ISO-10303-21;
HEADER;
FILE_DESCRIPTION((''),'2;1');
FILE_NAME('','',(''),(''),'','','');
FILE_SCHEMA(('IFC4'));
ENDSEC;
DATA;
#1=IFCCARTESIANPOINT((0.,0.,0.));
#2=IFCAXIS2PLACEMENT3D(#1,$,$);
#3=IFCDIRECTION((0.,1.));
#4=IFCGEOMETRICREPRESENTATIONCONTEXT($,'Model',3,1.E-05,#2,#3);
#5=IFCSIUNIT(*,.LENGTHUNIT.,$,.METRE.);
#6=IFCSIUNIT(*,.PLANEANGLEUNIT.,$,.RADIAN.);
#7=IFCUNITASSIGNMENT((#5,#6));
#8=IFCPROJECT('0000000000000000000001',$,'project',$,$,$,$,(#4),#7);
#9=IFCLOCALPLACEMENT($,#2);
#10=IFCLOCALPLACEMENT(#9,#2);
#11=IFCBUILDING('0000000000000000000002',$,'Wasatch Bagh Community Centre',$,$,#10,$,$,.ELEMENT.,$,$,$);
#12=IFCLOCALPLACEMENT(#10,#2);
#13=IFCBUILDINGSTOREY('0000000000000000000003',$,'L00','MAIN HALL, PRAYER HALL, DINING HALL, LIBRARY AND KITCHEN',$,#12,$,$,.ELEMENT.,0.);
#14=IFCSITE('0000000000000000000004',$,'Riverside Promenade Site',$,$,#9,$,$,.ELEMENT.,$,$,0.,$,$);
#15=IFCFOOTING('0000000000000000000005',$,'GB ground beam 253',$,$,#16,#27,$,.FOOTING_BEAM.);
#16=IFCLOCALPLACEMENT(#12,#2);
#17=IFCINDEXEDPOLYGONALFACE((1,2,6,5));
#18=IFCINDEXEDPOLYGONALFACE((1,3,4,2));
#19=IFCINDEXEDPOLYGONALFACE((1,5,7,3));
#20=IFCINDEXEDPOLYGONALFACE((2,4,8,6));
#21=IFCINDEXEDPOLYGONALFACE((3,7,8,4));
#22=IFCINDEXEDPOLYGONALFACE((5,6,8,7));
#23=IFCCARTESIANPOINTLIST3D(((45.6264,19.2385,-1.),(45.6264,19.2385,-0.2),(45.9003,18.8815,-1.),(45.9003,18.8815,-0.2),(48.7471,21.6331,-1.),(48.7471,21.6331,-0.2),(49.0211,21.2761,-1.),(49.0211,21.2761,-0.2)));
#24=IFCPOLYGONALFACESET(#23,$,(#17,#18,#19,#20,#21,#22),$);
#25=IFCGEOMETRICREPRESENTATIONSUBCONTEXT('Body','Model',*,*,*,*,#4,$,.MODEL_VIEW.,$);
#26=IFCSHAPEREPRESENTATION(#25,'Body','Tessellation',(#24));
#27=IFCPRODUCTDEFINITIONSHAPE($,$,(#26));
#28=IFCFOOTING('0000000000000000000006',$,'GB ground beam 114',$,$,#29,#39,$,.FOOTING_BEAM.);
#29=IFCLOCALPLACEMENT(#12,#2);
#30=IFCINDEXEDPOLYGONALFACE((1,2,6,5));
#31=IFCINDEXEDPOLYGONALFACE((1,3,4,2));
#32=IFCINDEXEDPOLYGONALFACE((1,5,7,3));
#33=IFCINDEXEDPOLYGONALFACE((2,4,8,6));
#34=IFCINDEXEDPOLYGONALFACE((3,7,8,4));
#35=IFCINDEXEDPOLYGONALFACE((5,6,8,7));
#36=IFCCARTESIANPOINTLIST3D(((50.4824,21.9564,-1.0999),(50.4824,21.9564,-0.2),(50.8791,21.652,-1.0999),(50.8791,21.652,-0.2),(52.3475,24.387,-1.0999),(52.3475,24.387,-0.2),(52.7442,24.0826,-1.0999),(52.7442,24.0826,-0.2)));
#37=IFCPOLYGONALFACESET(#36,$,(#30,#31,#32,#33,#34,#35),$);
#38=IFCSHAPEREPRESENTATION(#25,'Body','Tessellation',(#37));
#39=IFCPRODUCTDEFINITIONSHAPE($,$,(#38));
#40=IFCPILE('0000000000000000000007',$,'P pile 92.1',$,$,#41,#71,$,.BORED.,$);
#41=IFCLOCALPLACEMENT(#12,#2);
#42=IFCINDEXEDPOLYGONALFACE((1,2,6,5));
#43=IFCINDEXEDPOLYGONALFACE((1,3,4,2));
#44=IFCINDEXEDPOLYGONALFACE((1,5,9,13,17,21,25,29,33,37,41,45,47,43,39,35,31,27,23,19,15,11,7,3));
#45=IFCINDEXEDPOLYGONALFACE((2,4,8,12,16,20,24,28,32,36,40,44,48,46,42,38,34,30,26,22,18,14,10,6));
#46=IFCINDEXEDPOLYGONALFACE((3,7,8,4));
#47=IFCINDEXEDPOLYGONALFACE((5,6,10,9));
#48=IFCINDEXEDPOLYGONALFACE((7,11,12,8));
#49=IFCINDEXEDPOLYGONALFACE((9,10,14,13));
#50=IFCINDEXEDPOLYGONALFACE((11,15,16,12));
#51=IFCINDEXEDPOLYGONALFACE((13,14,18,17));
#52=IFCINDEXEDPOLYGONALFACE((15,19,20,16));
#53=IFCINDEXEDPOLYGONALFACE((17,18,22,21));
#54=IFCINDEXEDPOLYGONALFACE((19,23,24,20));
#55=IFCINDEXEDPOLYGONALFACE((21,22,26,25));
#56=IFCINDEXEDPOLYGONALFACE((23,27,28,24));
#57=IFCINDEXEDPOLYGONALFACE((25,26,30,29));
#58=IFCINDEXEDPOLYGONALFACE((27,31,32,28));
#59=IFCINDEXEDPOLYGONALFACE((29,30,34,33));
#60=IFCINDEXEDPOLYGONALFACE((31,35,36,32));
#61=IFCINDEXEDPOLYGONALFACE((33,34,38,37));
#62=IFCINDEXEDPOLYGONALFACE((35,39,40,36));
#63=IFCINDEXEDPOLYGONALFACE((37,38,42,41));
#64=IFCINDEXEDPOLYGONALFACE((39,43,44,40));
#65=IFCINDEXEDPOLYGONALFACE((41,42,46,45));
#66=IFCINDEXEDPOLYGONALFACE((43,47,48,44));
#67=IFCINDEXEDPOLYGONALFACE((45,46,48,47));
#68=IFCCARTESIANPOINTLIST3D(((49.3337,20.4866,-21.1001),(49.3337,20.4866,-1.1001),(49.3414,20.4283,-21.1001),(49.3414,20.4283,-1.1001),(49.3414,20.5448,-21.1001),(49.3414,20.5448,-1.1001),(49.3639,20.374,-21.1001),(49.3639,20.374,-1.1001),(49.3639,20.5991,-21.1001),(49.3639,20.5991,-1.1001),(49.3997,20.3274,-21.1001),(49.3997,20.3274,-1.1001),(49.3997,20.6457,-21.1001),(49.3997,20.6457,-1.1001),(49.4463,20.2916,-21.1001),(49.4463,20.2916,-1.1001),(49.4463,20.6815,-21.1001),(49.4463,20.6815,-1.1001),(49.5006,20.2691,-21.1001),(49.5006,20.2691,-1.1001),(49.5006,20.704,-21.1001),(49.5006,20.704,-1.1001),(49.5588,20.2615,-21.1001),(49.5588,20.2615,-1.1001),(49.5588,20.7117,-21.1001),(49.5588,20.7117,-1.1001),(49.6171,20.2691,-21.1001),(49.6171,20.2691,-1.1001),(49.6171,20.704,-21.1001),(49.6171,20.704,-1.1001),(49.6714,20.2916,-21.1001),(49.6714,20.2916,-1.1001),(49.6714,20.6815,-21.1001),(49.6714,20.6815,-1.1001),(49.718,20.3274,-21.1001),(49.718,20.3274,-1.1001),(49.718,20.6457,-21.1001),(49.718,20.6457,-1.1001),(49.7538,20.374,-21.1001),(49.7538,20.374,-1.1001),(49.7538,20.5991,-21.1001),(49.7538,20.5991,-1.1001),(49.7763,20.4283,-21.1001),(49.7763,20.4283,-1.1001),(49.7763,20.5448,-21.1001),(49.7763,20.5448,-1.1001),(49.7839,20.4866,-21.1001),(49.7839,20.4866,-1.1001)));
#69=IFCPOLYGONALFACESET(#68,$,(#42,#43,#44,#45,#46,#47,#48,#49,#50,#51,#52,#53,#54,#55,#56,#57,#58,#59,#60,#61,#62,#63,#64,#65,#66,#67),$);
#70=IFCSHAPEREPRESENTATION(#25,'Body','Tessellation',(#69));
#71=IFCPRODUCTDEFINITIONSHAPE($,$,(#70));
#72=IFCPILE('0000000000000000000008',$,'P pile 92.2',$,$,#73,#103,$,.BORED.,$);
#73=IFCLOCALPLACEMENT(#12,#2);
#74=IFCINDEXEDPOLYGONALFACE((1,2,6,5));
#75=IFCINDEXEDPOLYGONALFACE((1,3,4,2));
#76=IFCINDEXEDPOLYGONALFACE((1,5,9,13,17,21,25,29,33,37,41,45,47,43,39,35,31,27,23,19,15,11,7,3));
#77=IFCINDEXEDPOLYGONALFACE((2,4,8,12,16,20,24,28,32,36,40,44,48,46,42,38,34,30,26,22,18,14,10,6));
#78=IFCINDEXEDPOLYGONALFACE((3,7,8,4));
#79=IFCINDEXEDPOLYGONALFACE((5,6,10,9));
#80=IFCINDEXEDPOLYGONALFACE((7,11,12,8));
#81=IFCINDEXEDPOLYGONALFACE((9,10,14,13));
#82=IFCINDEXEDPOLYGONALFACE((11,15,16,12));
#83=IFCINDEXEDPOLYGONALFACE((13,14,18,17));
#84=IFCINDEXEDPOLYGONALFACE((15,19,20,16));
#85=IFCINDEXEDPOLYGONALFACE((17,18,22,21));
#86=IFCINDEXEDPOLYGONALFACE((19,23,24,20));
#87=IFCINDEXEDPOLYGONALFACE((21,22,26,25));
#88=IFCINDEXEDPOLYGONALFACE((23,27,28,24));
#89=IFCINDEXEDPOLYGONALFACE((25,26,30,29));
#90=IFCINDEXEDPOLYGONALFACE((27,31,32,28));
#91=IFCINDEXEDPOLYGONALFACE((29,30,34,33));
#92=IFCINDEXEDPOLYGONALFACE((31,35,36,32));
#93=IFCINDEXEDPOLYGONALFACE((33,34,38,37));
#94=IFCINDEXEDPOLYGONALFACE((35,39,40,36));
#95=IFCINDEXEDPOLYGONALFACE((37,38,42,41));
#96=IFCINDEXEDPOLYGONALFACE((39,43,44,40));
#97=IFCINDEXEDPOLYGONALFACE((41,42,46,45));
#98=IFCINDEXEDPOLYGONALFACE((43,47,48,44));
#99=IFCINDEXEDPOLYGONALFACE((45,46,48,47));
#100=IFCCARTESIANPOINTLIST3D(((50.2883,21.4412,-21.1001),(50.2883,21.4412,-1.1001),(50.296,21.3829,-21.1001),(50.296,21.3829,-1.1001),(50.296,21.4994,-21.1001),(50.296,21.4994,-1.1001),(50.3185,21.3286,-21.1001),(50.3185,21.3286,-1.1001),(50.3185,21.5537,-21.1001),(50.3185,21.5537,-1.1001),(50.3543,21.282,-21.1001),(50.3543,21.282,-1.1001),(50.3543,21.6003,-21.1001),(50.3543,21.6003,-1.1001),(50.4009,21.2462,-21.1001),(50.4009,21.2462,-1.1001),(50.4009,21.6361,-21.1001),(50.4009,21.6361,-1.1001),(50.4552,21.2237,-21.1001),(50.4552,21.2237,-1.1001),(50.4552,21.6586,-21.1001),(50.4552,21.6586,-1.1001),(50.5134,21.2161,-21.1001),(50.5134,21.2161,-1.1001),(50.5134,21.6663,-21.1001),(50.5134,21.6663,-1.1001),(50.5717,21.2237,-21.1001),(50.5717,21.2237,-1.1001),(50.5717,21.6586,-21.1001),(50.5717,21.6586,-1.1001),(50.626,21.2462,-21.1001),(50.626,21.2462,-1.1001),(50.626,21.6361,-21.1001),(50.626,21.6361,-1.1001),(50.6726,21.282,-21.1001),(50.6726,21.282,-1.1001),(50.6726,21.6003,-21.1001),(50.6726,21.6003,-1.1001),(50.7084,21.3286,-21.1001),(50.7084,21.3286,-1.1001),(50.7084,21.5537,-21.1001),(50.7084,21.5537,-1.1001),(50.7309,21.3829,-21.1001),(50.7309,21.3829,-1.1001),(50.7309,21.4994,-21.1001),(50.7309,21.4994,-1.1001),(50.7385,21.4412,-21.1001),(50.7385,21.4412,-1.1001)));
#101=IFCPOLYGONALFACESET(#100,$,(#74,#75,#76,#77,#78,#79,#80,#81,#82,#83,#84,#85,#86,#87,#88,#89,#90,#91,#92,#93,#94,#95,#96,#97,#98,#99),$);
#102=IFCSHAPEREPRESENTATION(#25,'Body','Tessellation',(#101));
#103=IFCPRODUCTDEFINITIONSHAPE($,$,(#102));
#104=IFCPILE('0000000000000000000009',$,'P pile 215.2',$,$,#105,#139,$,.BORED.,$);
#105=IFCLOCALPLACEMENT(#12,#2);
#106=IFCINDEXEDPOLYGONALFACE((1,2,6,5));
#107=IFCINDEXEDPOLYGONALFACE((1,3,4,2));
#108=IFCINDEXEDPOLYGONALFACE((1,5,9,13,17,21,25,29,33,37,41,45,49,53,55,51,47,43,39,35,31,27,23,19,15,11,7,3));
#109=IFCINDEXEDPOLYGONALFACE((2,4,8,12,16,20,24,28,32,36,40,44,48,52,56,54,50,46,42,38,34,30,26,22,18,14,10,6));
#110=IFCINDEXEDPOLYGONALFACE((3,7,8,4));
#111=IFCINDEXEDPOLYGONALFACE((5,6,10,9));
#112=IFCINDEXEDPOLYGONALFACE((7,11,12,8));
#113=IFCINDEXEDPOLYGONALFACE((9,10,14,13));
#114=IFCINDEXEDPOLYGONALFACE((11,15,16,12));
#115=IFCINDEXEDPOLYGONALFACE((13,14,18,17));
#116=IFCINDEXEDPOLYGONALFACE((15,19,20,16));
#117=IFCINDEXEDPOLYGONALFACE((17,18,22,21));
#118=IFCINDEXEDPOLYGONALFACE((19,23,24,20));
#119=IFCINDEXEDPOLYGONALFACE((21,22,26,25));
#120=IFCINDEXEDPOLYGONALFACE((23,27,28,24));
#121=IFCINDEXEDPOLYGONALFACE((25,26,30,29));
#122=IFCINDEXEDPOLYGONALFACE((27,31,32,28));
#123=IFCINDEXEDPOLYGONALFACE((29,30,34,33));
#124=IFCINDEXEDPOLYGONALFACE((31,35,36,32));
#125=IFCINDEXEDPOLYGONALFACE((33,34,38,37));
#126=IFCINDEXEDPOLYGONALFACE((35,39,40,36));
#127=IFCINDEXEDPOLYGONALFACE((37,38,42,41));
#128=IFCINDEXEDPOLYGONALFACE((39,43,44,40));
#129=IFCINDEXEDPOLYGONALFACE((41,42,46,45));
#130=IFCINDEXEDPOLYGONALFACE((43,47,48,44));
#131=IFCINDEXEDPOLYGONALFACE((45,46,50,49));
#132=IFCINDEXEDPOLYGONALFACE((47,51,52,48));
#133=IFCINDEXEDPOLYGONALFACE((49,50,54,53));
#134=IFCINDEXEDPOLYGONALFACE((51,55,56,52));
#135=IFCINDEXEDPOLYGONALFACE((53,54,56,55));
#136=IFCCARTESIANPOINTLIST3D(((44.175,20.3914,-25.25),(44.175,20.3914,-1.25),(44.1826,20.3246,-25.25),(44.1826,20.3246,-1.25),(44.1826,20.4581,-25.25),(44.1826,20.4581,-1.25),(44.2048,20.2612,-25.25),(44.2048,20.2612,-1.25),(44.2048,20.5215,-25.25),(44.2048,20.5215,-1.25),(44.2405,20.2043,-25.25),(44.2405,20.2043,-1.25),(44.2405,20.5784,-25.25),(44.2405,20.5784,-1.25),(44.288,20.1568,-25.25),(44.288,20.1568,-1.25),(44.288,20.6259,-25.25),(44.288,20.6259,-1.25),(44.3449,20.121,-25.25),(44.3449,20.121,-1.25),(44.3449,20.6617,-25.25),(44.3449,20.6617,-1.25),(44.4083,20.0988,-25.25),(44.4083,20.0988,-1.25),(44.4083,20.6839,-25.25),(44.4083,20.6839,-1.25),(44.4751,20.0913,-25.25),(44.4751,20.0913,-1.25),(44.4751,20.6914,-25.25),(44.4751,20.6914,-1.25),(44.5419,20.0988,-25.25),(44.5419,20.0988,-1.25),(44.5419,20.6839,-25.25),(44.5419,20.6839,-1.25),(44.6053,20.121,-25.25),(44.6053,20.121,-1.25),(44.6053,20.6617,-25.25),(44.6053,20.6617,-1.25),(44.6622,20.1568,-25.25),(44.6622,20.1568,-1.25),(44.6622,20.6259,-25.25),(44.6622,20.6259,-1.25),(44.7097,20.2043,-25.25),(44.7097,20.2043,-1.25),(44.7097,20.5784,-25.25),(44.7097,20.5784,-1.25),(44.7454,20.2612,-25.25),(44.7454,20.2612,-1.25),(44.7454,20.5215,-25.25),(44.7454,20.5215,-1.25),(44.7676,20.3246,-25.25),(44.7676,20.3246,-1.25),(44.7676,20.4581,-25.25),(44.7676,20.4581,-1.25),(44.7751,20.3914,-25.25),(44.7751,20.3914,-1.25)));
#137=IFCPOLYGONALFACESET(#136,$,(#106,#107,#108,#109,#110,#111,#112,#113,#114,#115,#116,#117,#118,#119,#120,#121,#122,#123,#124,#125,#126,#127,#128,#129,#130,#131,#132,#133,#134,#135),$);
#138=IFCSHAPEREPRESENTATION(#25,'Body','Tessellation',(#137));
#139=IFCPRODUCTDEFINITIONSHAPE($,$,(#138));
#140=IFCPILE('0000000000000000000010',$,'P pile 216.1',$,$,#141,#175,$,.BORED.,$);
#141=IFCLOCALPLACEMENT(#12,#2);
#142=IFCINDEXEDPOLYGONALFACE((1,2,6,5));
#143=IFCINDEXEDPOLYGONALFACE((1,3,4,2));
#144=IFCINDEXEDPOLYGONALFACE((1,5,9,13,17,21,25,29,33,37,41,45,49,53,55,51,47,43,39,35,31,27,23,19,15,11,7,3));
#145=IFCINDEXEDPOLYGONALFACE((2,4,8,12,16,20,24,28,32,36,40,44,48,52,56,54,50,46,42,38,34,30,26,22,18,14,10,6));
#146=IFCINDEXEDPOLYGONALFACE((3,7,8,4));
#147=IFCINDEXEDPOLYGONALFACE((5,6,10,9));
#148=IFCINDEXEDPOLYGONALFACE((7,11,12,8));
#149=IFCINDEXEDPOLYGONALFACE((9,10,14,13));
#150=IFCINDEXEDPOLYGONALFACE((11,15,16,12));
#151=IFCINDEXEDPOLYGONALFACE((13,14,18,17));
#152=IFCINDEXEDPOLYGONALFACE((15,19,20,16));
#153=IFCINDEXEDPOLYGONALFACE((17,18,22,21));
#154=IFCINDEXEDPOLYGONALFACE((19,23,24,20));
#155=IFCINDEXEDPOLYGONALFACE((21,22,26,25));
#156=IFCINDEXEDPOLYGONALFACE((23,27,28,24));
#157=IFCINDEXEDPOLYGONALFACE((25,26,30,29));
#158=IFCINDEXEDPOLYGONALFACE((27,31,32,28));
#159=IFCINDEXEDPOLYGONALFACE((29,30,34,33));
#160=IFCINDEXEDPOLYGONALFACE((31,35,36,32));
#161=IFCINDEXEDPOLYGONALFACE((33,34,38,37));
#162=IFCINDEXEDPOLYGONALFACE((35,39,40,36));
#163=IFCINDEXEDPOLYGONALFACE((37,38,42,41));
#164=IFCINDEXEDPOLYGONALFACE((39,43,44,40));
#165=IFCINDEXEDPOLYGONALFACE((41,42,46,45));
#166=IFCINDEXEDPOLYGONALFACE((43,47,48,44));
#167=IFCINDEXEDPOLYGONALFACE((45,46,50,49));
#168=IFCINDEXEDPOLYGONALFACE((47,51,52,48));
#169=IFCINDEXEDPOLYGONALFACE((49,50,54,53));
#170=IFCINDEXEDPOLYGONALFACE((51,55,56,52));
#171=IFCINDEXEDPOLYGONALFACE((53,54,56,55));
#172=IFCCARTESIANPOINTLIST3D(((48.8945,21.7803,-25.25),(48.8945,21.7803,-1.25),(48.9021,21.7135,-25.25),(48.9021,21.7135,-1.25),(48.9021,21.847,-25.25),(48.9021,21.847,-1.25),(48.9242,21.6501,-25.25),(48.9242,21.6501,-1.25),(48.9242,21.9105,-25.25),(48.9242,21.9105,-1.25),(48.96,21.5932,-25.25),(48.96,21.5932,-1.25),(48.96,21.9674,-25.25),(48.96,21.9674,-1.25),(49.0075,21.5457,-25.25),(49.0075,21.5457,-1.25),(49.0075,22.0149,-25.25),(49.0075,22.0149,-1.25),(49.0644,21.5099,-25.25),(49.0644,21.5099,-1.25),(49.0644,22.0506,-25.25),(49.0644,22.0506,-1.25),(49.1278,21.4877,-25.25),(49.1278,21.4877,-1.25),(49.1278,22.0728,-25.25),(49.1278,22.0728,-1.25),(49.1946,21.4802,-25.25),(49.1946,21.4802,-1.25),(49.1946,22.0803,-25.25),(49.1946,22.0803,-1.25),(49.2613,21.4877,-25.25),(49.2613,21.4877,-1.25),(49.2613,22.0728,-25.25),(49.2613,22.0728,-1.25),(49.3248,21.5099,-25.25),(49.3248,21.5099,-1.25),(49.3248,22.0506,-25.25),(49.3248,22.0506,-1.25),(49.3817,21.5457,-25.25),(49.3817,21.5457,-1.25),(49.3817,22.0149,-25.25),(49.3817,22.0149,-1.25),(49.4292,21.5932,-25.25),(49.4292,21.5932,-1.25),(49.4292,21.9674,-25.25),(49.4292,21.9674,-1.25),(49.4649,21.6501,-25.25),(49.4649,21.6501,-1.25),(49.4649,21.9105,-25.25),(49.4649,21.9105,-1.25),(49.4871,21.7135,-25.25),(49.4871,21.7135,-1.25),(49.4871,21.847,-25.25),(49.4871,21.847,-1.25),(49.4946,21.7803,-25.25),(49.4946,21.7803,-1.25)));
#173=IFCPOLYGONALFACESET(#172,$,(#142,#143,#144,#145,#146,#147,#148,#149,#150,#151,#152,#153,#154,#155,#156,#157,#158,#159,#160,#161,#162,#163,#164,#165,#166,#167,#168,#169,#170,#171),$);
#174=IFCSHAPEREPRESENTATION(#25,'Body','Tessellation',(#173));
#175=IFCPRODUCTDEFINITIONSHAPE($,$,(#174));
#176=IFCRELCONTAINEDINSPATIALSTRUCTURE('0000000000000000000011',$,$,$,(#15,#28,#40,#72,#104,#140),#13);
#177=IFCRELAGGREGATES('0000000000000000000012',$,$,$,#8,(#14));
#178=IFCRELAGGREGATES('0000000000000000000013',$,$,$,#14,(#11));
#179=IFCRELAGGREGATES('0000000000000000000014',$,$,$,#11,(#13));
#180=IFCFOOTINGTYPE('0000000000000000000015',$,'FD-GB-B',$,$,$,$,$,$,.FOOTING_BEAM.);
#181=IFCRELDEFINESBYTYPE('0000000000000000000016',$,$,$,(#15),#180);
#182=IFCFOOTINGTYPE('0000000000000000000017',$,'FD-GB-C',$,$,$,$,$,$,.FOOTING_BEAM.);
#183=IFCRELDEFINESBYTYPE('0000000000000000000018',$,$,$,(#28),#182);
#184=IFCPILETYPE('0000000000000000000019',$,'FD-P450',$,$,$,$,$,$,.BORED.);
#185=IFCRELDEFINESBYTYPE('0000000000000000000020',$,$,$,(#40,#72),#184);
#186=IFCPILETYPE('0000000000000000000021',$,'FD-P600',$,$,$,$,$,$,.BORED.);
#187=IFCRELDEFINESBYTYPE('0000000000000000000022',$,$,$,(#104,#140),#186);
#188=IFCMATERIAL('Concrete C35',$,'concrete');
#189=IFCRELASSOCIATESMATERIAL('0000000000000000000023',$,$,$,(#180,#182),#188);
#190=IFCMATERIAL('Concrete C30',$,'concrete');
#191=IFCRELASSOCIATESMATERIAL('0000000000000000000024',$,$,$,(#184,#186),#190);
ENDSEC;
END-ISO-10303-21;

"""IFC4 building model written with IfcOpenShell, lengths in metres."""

from ifc_helpers import new_model, si_unit, direction, frame, origin, origin_2d, place, context, subcontext, project, spatial, rectangle, circle, extrude, material, material_profile, profile_set, type_object, element, save


model = new_model("IFC4")

# Units and contexts
model_context = context("Model", 3, precision=1e-05, world=origin(), true_north=direction((0.0, 1.0)))
body_context = subcontext(model_context, "Body", "Model", "MODEL_VIEW")
ifc_project = project(units=[si_unit("LENGTHUNIT", "METRE"), si_unit("PLANEANGLEUNIT", "RADIAN")], contexts=[model_context])

# Site, building, storey
site_placement = place(None, origin())
site = spatial("IfcSite", under=ifc_project, at=site_placement, Name="Riverside Promenade Site", CompositionType="ELEMENT", RefElevation=0.0)
building_placement = place(site_placement, origin())
building = spatial("IfcBuilding", under=site, at=building_placement, Name="Wasatch Bagh Community Centre", CompositionType="ELEMENT")
storey_placement = place(building_placement, origin())
storey = spatial("IfcBuildingStorey", under=building, at=storey_placement, Name="L00", Description="MAIN HALL, PRAYER HALL, DINING HALL, LIBRARY AND KITCHEN", CompositionType="ELEMENT", Elevation=0.0)

# Footings
ifc_material_1 = material(Name="Concrete C35", Category="concrete")
footing_type_1 = type_object("IfcFootingType", Name="FD-GB-B", PredefinedType="FOOTING_BEAM", material=ifc_material_1)
footing_1_placement = place(storey_placement, frame((47.3237, 20.2573, -1.0), z_axis=(0.0, 0.0, 1.0), x_axis=(0.793353, 0.608761, 0.0)))
element("IfcFooting", 1, at=footing_1_placement, inside=storey, type_object=footing_type_1, Name="GB ground beam 253", PredefinedType="FOOTING_BEAM", context=body_context, shape_type="SweptSolid", body=[
    extrude(rectangle(XDim=3.9336, YDim=0.45, at=origin_2d()), origin(), (0.0, 0.0, 1.0), 0.8),
])
footing_type_2 = type_object("IfcFootingType", Name="FD-GB-C", PredefinedType="FOOTING_BEAM", material=ifc_material_1)
footing_2_placement = place(storey_placement, frame((51.6133, 23.0195, -1.0999), z_axis=(0.0, 0.0, 1.0), x_axis=(-0.608761, -0.793353, 0.0)))
element("IfcFooting", 2, at=footing_2_placement, inside=storey, type_object=footing_type_2, Name="GB ground beam 114", PredefinedType="FOOTING_BEAM", context=body_context, shape_type="SweptSolid", body=[
    extrude(rectangle(XDim=3.0637, YDim=0.5, at=origin_2d()), origin(), (0.0, 0.0, 1.0), 0.8999),
])

# Piles
ifc_material_2 = material(Name="Concrete C30", Category="concrete")
ifc_material_profile_1 = material_profile(ifc_material_2, circle(Radius=0.2251, at=origin_2d()), Name="RC D450")
ifc_profile_set_1 = profile_set([ifc_material_profile_1], Name="Concrete C30")
pile_type_1 = type_object("IfcPileType", Name="FD-P450", PredefinedType="BORED", material=ifc_profile_set_1)
for number, where, z_axis, x_axis, name in (
    (3, (49.5588, 20.4866, -1.1001), (0.0, 0.0, -1.0), (1.0, 0.0, 0.0), "P pile 92.1"),
    (4, (50.5134, 21.4412, -1.1001), (0.0, 0.0, -1.0), (1.0, 0.0, 0.0), "P pile 92.2"),
):
    element("IfcPile", number, at=place(storey_placement, frame(where, z_axis=z_axis, x_axis=x_axis)), inside=storey, type_object=pile_type_1, Name=name, PredefinedType="BORED", context=body_context, shape_type="SweptSolid", body=[
        extrude(circle(Radius=0.2251, at=origin_2d()), origin(), (0.0, 0.0, 1.0), 20.0),
    ])
ifc_material_profile_2 = material_profile(ifc_material_2, circle(Radius=0.3, at=origin_2d()), Name="RC D600")
ifc_profile_set_2 = profile_set([ifc_material_profile_2], Name="Concrete C30")
pile_type_2 = type_object("IfcPileType", Name="FD-P600", PredefinedType="BORED", material=ifc_profile_set_2)
for number, where, z_axis, x_axis, name in (
    (5, (44.4751, 20.3914, -1.25), (0.0, 0.0, -1.0), (1.0, 0.0, 0.0), "P pile 215.2"),
    (6, (49.1946, 21.7803, -1.25), (0.0, 0.0, -1.0), (1.0, 0.0, 0.0), "P pile 216.1"),
):
    element("IfcPile", number, at=place(storey_placement, frame(where, z_axis=z_axis, x_axis=x_axis)), inside=storey, type_object=pile_type_2, Name=name, PredefinedType="BORED", context=body_context, shape_type="SweptSolid", body=[
        extrude(circle(Radius=0.3, at=origin_2d()), origin(), (0.0, 0.0, 1.0), 24.0),
    ])

save(model, "model.ifc")
